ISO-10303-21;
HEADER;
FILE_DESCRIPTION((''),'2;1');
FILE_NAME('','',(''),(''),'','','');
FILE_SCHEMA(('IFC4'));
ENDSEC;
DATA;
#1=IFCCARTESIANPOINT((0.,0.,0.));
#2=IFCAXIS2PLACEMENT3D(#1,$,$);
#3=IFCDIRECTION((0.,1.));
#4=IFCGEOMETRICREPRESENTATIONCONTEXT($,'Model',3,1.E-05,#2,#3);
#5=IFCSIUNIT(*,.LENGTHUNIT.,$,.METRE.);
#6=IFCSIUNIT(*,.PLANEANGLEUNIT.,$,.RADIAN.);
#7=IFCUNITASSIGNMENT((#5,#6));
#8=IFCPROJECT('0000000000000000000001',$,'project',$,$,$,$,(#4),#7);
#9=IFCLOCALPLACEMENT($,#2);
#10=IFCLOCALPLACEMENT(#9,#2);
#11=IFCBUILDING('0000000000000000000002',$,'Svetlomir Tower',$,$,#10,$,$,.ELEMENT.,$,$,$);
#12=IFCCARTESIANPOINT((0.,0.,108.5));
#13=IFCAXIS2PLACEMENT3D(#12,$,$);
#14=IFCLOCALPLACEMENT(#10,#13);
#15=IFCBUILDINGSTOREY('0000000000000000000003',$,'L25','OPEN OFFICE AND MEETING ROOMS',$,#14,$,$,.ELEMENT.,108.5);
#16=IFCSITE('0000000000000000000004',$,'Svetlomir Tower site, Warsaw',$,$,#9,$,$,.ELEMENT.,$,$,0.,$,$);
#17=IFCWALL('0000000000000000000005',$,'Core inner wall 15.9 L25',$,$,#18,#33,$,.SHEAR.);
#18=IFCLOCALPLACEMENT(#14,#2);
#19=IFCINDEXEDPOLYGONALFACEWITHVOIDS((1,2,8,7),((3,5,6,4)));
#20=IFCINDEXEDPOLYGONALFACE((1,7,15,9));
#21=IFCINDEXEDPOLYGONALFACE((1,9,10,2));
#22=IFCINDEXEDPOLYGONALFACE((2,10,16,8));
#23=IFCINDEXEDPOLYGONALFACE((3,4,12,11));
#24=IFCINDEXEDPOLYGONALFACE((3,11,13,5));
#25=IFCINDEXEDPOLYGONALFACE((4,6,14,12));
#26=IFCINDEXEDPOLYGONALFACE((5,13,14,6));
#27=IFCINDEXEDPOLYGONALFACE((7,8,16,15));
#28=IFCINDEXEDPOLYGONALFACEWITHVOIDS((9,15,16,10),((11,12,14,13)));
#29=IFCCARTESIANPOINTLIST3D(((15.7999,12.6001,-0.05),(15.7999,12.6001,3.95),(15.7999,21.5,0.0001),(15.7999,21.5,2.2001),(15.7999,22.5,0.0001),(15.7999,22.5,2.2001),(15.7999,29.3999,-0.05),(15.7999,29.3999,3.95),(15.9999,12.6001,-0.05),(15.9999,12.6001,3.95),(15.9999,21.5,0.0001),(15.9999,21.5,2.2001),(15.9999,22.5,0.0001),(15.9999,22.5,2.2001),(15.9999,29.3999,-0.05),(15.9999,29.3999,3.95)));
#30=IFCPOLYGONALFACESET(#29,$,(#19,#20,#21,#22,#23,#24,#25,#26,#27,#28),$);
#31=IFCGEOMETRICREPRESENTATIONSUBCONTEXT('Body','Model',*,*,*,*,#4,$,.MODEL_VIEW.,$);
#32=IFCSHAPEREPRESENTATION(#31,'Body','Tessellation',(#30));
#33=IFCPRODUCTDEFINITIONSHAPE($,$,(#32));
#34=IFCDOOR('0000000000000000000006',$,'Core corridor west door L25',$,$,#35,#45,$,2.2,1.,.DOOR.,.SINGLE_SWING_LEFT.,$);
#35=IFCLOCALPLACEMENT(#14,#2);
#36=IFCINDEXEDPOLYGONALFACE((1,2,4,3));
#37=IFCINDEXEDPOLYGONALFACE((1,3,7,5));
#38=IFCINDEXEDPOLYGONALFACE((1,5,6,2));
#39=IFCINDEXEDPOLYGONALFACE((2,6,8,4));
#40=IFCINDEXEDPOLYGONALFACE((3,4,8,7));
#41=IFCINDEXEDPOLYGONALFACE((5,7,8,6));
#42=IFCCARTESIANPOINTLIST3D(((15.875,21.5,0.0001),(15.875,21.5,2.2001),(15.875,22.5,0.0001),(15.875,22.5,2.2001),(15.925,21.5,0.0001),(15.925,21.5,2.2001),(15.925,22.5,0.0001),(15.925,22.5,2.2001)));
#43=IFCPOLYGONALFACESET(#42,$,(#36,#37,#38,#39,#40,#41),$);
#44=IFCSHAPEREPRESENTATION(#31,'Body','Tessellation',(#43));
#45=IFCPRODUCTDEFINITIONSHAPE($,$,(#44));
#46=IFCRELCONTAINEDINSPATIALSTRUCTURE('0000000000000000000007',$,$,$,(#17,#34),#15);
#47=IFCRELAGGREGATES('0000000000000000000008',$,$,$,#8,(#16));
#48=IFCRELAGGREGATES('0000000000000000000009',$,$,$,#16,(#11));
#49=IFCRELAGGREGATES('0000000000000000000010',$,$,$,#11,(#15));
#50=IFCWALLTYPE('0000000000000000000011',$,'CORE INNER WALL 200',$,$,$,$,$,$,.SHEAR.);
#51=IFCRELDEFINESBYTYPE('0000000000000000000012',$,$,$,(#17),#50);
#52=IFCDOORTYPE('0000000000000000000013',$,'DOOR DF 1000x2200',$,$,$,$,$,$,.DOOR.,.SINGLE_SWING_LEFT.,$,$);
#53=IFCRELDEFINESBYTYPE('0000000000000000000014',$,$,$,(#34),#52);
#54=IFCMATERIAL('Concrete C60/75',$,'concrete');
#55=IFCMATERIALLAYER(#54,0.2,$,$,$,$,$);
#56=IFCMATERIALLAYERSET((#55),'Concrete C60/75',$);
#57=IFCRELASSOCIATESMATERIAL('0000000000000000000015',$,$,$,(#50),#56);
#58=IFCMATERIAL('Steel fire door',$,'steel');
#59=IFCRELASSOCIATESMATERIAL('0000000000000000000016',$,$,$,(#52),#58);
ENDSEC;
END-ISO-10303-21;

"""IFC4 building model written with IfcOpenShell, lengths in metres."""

from ifc_helpers import new_model, si_unit, direction, frame, frame_2d, origin, place, context, subcontext, project, spatial, rectangle, extrude, material, layer, layer_set, type_object, element, fill, save


model = new_model("IFC4")

# Units and contexts
model_context = context("Model", 3, precision=1e-05, world=origin(), true_north=direction((0.0, 1.0)))
body_context = subcontext(model_context, "Body", "Model", "MODEL_VIEW")
ifc_project = project(units=[si_unit("LENGTHUNIT", "METRE"), si_unit("PLANEANGLEUNIT", "RADIAN")], contexts=[model_context])

# Site, building, storey
site_placement = place(None, origin())
site = spatial("IfcSite", under=ifc_project, at=site_placement, Name="Svetlomir Tower site, Warsaw", CompositionType="ELEMENT", RefElevation=0.0)
building_placement = place(site_placement, origin())
building = spatial("IfcBuilding", under=site, at=building_placement, Name="Svetlomir Tower", CompositionType="ELEMENT")
storey_placement = place(building_placement, frame((0.0, 0.0, 108.5)))
storey = spatial("IfcBuildingStorey", under=building, at=storey_placement, Name="L25", Description="OPEN OFFICE AND MEETING ROOMS", CompositionType="ELEMENT", Elevation=108.5)

# Wall, opening, door
ifc_material_1 = material(Name="Concrete C60/75", Category="concrete")
ifc_layer_1 = layer(ifc_material_1, 0.2)
ifc_layer_set_1 = layer_set([ifc_layer_1], Name="Concrete C60/75")
wall_type_1 = type_object("IfcWallType", Name="CORE INNER WALL 200", PredefinedType="SHEAR", material=ifc_layer_set_1)
wall_1_placement = place(storey_placement, frame((15.8999, 12.6001, -0.05), z_axis=(0.0, 0.0, 1.0), x_axis=(0.0, 1.0, 0.0)))
wall_1 = element("IfcWall", 1, at=wall_1_placement, inside=storey, type_object=wall_type_1, Name="Core inner wall 15.9 L25", PredefinedType="SHEAR", context=body_context, shape_type="SweptSolid", body=[
    extrude(rectangle(XDim=16.7998, YDim=0.2, at=frame_2d((8.3999, 0.0))), origin(), (0.0, 0.0, 1.0), 4.0),
])
opening_1_placement = place(wall_1_placement, frame((8.8999, 0.0, 0.05)))
opening_1 = element("IfcOpeningElement", 2, at=opening_1_placement, cuts=wall_1, PredefinedType="OPENING", context=body_context, shape_type="SweptSolid", body=[
    extrude(rectangle(XDim=1.0, YDim=2.2, at=frame_2d((0.5, 1.1001))), frame((0.0, 0.1099, 0.0), z_axis=(0.0, -1.0, 0.0), x_axis=(1.0, 0.0, 0.0)), (0.0, 0.0, 1.0), 0.22),
])
ifc_material_2 = material(Name="Steel fire door", Category="steel")
door_type_1 = type_object("IfcDoorType", Name="DOOR DF 1000x2200", OperationType="SINGLE_SWING_LEFT", PredefinedType="DOOR", material=ifc_material_2)
door_1_placement = place(opening_1_placement, origin())
door_1 = element("IfcDoor", 3, at=door_1_placement, inside=storey, type_object=door_type_1, Name="Core corridor west door L25", OperationType="SINGLE_SWING_LEFT", OverallHeight=2.2, OverallWidth=1.0, PredefinedType="DOOR", context=body_context, shape_type="SweptSolid", body=[
    extrude(rectangle(XDim=1.0, YDim=2.2, at=frame_2d((0.5, 1.1001))), frame((0.0, 0.0249, 0.0), z_axis=(0.0, -1.0, 0.0), x_axis=(1.0, 0.0, 0.0)), (0.0, 0.0, 1.0), 0.05),
])
fill(opening_1, door_1)

save(model, "model.ifc")
